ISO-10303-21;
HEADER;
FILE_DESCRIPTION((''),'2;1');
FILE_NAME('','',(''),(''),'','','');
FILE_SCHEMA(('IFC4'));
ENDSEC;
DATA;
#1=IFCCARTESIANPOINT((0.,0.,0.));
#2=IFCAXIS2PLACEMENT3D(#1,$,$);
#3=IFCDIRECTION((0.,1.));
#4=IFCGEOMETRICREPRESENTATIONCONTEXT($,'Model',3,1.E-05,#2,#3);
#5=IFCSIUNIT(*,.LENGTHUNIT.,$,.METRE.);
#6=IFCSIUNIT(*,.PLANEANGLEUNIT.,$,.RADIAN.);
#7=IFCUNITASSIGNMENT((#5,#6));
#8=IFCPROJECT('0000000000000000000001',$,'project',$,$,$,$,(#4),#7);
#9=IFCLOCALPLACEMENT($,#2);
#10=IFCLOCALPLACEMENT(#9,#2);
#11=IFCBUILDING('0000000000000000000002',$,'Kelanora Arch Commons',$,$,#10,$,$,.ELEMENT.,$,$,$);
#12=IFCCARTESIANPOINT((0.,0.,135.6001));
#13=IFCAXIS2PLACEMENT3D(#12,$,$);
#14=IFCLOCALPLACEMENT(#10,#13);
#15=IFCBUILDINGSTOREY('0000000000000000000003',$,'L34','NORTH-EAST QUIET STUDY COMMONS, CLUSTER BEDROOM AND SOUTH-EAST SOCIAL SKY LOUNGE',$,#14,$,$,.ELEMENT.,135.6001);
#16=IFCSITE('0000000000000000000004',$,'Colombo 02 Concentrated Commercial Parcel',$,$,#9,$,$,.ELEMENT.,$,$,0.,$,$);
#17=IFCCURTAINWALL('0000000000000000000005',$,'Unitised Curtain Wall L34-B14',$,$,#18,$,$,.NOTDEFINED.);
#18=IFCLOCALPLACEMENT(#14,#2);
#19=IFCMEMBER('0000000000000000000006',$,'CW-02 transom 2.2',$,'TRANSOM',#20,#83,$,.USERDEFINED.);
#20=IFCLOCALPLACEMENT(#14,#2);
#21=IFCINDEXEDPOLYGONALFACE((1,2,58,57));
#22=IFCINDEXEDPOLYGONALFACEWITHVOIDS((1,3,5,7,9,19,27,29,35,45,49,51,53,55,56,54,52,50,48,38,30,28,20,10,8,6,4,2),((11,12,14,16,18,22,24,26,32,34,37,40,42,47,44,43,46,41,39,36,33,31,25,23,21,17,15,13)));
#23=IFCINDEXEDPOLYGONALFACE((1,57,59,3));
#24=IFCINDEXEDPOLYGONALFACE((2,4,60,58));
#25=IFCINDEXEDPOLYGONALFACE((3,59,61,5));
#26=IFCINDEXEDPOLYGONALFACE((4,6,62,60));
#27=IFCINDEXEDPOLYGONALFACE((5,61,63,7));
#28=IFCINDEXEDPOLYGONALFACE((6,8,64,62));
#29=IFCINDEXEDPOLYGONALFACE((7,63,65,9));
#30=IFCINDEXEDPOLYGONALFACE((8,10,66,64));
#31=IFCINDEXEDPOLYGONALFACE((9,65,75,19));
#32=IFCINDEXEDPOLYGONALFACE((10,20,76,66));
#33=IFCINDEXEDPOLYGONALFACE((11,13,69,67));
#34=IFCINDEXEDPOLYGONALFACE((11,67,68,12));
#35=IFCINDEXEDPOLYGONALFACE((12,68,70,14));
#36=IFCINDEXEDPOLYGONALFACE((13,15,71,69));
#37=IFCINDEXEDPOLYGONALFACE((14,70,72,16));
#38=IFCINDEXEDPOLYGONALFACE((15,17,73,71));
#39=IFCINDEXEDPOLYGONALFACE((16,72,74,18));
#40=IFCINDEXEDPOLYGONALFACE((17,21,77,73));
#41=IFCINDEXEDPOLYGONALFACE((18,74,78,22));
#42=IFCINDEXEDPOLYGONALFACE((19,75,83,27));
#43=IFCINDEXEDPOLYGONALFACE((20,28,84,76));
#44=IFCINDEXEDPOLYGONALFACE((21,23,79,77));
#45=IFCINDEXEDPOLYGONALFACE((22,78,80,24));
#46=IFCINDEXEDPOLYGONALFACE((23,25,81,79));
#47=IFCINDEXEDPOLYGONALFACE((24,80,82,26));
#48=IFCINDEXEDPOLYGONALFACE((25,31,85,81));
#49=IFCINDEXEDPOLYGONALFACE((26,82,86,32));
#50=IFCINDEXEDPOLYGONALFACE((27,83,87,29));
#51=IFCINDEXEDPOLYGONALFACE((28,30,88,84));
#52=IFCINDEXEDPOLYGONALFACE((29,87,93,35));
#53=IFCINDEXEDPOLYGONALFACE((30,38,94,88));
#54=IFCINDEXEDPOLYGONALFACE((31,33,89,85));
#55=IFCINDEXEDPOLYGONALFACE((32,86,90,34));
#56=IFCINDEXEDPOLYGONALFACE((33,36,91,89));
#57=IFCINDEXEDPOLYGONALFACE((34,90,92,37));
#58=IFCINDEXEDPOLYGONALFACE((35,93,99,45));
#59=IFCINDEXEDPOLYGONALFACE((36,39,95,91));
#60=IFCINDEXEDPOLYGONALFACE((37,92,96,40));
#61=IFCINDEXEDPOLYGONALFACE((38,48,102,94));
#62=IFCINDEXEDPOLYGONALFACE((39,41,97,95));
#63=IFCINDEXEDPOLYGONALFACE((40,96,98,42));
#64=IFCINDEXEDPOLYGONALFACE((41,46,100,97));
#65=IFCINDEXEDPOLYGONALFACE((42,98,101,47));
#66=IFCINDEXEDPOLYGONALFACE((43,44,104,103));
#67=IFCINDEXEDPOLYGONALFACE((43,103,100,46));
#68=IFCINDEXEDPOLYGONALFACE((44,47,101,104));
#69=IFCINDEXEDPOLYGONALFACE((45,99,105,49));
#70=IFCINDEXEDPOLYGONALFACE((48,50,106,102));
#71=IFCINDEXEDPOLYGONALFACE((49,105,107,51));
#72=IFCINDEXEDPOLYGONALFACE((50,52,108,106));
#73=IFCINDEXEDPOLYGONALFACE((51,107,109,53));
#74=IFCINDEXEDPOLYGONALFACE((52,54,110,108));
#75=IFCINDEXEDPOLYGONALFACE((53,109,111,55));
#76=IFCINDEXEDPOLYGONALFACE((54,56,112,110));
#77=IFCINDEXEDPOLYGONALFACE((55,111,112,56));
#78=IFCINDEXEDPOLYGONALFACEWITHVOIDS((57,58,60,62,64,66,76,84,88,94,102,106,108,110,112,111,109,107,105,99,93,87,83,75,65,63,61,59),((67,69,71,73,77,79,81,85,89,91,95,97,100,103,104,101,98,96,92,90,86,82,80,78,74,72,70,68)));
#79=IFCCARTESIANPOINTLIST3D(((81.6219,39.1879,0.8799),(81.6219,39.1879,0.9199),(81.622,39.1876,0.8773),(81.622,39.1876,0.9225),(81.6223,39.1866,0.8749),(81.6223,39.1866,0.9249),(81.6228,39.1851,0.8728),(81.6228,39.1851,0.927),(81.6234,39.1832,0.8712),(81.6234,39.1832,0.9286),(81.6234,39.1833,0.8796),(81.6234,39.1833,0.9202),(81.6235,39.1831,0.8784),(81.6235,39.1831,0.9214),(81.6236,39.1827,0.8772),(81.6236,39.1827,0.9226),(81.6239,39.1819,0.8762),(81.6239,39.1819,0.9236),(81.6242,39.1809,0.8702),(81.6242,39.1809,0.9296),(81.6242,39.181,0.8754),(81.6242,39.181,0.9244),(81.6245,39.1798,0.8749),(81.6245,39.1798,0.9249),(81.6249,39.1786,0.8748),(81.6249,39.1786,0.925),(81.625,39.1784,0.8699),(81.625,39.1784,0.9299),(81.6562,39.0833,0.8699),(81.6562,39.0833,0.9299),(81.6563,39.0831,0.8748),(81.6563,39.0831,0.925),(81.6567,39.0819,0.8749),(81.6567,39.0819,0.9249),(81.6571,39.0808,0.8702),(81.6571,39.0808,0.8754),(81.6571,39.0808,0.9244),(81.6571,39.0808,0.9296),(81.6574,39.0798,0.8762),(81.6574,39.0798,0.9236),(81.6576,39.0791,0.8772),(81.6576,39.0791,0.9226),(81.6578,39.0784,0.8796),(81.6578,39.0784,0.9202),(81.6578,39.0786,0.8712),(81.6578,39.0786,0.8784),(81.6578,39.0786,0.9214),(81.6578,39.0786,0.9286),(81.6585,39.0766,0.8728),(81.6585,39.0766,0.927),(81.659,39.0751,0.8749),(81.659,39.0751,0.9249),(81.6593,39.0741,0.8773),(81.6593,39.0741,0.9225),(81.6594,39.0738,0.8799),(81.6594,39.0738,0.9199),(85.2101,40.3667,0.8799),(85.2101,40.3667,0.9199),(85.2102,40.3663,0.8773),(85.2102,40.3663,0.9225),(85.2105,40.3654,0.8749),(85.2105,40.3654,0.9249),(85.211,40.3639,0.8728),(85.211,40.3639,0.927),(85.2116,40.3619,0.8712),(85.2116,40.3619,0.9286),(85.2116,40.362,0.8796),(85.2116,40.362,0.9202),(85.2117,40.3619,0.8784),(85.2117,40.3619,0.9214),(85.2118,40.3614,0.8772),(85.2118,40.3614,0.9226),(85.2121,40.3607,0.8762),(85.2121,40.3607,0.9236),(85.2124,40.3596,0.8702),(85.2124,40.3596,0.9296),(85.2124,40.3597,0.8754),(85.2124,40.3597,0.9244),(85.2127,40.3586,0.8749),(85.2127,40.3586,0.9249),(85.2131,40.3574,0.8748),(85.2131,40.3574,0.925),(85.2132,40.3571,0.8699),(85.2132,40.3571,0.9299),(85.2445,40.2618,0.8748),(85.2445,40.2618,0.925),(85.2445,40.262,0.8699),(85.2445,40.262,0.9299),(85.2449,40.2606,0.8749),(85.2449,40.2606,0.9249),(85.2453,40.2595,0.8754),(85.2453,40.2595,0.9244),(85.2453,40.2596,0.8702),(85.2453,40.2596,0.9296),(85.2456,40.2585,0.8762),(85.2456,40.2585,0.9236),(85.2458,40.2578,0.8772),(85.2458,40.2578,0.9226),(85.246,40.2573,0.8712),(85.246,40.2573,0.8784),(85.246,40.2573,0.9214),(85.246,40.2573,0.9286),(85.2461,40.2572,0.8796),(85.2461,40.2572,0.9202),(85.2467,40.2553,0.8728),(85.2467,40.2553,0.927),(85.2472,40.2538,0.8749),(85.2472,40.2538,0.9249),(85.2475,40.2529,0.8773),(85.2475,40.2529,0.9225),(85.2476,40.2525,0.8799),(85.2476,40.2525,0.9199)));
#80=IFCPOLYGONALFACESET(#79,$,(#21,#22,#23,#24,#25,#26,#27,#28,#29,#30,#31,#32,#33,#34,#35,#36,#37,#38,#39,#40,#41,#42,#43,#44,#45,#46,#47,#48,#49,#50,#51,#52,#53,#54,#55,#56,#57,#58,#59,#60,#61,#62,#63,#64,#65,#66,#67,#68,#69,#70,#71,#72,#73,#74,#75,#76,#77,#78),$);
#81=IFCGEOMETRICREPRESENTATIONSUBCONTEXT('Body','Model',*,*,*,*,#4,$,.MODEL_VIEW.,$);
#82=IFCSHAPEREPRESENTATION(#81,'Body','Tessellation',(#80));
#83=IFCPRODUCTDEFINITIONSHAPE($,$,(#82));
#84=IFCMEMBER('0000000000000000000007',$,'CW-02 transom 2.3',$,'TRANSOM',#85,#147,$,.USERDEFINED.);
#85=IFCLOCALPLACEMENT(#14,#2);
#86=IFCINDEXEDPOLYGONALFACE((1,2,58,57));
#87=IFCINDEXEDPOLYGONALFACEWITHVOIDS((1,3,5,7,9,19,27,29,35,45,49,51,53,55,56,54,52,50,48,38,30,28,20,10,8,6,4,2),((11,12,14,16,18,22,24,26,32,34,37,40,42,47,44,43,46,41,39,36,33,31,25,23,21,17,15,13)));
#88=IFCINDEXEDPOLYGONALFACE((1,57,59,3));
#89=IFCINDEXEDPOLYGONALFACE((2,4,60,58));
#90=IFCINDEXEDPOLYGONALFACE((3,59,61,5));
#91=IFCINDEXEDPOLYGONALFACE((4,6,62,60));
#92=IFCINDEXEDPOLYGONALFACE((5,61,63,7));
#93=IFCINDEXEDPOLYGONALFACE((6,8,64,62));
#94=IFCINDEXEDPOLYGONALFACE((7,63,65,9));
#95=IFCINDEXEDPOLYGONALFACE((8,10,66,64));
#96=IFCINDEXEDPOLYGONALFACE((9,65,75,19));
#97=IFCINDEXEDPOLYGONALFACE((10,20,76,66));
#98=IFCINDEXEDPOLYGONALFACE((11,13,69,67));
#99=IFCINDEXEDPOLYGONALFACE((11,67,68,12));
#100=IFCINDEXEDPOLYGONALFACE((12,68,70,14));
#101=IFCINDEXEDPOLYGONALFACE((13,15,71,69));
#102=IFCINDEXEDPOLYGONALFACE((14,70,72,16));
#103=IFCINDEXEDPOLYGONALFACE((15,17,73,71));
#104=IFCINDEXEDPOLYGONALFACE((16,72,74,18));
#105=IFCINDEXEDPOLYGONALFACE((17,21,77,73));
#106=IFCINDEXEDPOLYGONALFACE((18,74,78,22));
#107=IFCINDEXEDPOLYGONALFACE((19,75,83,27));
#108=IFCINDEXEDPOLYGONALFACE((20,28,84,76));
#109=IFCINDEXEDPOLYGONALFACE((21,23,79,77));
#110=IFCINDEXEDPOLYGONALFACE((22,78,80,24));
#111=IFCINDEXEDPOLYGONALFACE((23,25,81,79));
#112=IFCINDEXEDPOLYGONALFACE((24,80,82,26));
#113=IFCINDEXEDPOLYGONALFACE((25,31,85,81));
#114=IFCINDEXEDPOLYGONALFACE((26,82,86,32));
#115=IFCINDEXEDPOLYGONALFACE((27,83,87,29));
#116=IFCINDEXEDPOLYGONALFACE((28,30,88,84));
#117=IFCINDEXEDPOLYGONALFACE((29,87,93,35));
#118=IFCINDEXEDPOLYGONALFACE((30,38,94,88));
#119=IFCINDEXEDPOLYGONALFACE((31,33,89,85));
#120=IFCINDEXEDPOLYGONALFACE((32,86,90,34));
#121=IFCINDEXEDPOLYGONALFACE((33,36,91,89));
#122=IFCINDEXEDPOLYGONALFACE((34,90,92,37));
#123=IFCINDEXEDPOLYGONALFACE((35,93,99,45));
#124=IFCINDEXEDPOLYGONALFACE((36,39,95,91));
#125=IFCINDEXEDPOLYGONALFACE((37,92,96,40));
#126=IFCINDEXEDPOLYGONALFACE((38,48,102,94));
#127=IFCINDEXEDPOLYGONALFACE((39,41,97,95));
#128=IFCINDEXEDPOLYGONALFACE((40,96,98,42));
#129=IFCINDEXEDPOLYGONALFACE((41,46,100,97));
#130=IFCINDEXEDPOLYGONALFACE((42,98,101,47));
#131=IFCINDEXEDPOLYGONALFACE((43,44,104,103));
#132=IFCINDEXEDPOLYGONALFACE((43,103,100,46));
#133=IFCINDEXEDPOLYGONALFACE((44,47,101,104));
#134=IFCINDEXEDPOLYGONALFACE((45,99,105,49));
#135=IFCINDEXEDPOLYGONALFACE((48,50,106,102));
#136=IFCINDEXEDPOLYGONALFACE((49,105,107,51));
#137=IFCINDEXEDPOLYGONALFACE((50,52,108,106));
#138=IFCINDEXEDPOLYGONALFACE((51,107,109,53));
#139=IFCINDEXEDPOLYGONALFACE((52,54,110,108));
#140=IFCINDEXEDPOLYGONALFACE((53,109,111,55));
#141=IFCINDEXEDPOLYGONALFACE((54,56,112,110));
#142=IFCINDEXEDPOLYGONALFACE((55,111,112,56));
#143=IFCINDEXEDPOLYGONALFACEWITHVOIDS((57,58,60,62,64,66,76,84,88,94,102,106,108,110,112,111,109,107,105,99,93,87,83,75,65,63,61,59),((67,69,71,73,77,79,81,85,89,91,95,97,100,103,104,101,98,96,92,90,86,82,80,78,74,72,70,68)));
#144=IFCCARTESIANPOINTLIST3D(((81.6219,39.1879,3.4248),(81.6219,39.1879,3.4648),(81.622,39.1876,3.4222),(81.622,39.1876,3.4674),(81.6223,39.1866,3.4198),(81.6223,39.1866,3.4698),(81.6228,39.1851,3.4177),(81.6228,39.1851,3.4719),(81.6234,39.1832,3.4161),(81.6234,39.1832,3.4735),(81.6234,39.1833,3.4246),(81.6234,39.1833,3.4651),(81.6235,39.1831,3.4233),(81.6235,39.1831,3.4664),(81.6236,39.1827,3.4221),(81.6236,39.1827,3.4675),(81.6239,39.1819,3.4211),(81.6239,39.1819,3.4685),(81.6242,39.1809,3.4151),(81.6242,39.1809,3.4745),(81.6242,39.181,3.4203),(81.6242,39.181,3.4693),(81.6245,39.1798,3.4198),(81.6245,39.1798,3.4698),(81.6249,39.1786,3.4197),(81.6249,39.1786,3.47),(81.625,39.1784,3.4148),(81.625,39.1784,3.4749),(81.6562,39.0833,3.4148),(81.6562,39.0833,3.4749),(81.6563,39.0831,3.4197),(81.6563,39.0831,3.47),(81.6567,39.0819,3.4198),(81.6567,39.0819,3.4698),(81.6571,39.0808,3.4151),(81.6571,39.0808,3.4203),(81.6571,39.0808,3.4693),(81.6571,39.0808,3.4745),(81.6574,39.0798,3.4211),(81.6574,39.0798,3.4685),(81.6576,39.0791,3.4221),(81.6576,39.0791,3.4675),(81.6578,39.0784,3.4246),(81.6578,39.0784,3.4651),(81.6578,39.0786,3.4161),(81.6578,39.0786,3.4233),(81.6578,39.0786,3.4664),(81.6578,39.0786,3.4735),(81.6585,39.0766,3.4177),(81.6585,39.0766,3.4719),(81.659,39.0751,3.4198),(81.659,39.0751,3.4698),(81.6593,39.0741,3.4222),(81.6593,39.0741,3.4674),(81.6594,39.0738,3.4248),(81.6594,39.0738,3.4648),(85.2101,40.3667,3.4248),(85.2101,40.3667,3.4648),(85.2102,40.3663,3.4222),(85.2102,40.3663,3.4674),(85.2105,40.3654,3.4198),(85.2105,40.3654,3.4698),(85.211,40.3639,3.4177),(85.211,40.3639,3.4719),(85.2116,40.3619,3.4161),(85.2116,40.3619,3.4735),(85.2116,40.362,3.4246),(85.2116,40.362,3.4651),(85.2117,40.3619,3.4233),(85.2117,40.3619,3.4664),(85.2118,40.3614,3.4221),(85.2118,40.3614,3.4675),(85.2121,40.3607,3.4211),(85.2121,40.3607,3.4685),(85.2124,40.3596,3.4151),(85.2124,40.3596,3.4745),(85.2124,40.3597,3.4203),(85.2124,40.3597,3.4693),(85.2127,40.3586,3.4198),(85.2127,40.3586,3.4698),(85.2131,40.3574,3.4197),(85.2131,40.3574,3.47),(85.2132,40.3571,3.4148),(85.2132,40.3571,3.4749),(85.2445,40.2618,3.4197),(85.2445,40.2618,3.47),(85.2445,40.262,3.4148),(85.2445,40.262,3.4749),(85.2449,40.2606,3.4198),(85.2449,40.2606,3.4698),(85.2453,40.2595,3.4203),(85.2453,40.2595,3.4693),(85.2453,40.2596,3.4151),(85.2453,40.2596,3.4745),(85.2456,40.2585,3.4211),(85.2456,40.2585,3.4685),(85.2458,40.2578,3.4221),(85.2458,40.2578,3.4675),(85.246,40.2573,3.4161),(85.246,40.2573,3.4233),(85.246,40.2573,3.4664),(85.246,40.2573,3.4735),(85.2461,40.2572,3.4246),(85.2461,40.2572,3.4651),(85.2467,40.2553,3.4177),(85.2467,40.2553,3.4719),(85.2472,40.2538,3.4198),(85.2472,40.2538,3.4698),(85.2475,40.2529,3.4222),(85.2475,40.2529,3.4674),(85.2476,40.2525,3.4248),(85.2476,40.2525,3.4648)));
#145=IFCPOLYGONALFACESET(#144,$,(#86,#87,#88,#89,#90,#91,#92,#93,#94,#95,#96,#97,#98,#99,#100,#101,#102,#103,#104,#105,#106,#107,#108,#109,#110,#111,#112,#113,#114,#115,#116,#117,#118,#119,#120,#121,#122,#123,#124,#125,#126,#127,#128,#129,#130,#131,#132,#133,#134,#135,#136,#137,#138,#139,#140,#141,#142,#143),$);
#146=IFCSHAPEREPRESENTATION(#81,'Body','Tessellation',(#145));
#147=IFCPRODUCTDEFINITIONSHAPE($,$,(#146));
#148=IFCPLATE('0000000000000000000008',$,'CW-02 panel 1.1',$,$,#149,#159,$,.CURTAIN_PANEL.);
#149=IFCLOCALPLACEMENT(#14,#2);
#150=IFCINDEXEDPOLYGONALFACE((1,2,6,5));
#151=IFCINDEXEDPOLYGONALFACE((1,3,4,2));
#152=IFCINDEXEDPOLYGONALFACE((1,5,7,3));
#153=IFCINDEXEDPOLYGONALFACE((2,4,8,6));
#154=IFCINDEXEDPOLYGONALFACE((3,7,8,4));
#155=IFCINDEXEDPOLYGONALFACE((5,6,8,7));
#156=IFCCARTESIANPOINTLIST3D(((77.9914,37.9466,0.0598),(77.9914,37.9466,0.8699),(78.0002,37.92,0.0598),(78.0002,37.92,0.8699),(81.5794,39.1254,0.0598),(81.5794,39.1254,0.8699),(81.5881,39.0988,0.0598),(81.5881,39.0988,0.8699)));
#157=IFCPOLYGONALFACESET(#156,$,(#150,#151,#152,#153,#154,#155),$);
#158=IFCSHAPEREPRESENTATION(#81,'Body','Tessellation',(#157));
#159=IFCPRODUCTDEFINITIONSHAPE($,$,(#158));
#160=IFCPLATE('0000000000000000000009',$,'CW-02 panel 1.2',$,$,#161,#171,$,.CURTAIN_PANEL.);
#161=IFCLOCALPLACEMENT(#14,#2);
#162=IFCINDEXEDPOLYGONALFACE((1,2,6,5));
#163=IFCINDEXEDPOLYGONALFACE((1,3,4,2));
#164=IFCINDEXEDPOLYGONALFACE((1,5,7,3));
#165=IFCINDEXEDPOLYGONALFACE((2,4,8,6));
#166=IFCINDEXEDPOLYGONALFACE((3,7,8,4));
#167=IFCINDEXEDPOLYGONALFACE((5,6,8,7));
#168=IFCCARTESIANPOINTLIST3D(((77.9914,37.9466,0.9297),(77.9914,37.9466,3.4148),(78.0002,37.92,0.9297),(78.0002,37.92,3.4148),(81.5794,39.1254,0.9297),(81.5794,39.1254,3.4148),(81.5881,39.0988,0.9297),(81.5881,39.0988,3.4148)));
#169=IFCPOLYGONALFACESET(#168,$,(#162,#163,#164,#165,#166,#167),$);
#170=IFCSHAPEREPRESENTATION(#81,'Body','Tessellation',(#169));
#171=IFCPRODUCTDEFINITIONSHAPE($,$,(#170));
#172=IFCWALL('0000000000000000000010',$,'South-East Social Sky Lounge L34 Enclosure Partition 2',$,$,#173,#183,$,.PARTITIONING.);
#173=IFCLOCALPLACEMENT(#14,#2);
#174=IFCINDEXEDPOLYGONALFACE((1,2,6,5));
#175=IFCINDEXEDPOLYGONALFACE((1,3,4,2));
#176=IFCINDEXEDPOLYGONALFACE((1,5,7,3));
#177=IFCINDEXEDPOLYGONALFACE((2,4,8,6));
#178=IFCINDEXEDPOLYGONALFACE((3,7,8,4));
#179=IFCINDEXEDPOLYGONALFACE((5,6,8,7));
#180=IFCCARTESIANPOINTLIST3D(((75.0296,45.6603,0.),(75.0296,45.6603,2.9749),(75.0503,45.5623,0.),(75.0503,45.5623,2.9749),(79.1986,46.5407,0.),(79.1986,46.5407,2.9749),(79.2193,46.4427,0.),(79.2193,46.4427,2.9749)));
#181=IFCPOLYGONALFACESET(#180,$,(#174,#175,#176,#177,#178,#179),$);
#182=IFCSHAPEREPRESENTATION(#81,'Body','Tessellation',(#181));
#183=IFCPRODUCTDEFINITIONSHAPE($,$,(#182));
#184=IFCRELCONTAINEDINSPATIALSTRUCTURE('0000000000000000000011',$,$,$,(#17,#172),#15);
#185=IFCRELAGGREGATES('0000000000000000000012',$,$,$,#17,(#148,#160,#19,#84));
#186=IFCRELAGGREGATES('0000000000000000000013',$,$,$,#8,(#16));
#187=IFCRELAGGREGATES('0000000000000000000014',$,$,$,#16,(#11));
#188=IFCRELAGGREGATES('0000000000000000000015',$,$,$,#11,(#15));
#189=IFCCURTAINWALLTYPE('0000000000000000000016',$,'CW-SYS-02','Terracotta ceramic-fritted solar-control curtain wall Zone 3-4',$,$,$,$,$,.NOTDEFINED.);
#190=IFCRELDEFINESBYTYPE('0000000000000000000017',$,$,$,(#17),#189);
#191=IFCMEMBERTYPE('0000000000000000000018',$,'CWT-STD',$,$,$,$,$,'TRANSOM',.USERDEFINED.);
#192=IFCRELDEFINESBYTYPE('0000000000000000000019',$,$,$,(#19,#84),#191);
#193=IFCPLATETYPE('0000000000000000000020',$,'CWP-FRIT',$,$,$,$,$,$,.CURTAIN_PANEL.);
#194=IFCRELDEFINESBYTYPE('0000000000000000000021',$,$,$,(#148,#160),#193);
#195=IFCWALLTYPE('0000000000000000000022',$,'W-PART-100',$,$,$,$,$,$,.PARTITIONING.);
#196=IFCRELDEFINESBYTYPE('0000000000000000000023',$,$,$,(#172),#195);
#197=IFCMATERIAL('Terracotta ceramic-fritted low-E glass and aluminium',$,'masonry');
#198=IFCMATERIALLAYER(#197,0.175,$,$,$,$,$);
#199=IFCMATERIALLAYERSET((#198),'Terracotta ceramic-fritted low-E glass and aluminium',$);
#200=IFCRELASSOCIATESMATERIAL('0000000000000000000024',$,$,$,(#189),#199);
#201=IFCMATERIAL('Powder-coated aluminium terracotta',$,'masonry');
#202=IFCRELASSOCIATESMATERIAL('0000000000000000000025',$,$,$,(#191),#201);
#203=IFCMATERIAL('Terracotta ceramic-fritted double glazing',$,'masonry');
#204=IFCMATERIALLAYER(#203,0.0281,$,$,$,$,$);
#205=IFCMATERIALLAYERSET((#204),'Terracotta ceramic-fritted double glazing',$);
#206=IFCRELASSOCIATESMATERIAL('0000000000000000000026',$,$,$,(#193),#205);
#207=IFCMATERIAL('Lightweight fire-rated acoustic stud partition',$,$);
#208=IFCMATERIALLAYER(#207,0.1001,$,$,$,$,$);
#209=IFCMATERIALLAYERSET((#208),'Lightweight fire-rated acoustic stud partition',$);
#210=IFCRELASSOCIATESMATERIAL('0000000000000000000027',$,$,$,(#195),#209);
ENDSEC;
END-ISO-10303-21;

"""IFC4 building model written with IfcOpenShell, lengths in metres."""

from ifc_helpers import new_model, si_unit, direction, frame, frame_2d, origin, origin_2d, place, context, subcontext, project, spatial, rectangle, hollow_rectangle, extrude, source, transform, mapped, material, layer, layer_set, material_profile, profile_set, type_object, element, aggregate, save


model = new_model("IFC4")

# Units and contexts
model_context = context("Model", 3, precision=1e-05, world=origin(), true_north=direction((0.0, 1.0)))
body_context = subcontext(model_context, "Body", "Model", "MODEL_VIEW")
ifc_project = project(units=[si_unit("LENGTHUNIT", "METRE"), si_unit("PLANEANGLEUNIT", "RADIAN")], contexts=[model_context])

# Site, building, storey
site_placement = place(None, origin())
site = spatial("IfcSite", under=ifc_project, at=site_placement, Name="Colombo 02 Concentrated Commercial Parcel", CompositionType="ELEMENT", RefElevation=0.0)
building_placement = place(site_placement, origin())
building = spatial("IfcBuilding", under=site, at=building_placement, Name="Kelanora Arch Commons", CompositionType="ELEMENT")
storey_placement = place(building_placement, frame((0.0, 0.0, 135.6001)))
storey = spatial("IfcBuildingStorey", under=building, at=storey_placement, Name="L34", Description="NORTH-EAST QUIET STUDY COMMONS, CLUSTER BEDROOM AND SOUTH-EAST SOCIAL SKY LOUNGE", CompositionType="ELEMENT", Elevation=135.6001)

# Curtain wall, members, plates
ifc_material_1 = material(Name="Terracotta ceramic-fritted low-E glass and aluminium", Category="masonry")
ifc_layer_1 = layer(ifc_material_1, 0.175)
ifc_layer_set_1 = layer_set([ifc_layer_1], Name="Terracotta ceramic-fritted low-E glass and aluminium")
curtain_wall_type = type_object("IfcCurtainWallType", Name="CW-SYS-02", Description="Terracotta ceramic-fritted solar-control curtain wall Zone 3-4", PredefinedType="NOTDEFINED", material=ifc_layer_set_1)
curtain_wall_placement = place(storey_placement, origin())
curtain_wall = element("IfcCurtainWall", 1, at=curtain_wall_placement, inside=storey, type_object=curtain_wall_type, Name="Unitised Curtain Wall L34-B14", PredefinedType="NOTDEFINED")
ifc_material_2 = material(Name="Powder-coated aluminium terracotta", Category="masonry")
ifc_material_profile_1 = material_profile(ifc_material_2, hollow_rectangle(XDim=0.1201, YDim=0.0601, WallThickness=0.0049, InnerFilletRadius=0.0049, OuterFilletRadius=0.01, at=origin_2d()), Name="CWT120x60")
ifc_profile_set_1 = profile_set([ifc_material_profile_1], Name="Powder-coated aluminium terracotta")
member_type_1 = type_object("IfcMemberType", Name="CWT-STD", ElementType="TRANSOM", PredefinedType="USERDEFINED", material=ifc_profile_set_1)
member_1_placement = place(storey_placement, frame((81.6406, 39.1309, 0.8999), z_axis=(0.950051, 0.312094, 0.0), x_axis=(-0.312094, 0.950051, 0.0)))
member_1 = element("IfcMember", 2, at=member_1_placement, type_object=member_type_1, Name="CW-02 transom 2.2", ObjectType="TRANSOM", PredefinedType="USERDEFINED", context=body_context, shape_type="SweptSolid", body=[
    extrude(hollow_rectangle(XDim=0.1201, YDim=0.0601, WallThickness=0.0049, InnerFilletRadius=0.0049, OuterFilletRadius=0.01, at=origin_2d()), origin(), (0.0, 0.0, 1.0), 3.7769),
])
member_2_placement = place(storey_placement, frame((81.6406, 39.1309, 3.4448), z_axis=(0.950051, 0.312094, 0.0), x_axis=(-0.312094, 0.950051, 0.0)))
member_2 = element("IfcMember", 3, at=member_2_placement, type_object=member_type_1, Name="CW-02 transom 2.3", ObjectType="TRANSOM", PredefinedType="USERDEFINED", context=body_context, shape_type="SweptSolid", body=[
    extrude(hollow_rectangle(XDim=0.1201, YDim=0.0601, WallThickness=0.0049, InnerFilletRadius=0.0049, OuterFilletRadius=0.01, at=origin_2d()), origin(), (0.0, 0.0, 1.0), 3.7769),
])
ifc_material_3 = material(Name="Terracotta ceramic-fritted double glazing", Category="masonry")
ifc_layer_2 = layer(ifc_material_3, 0.0281)
ifc_layer_set_2 = layer_set([ifc_layer_2], Name="Terracotta ceramic-fritted double glazing")
plate_type = type_object("IfcPlateType", Name="CWP-FRIT", PredefinedType="CURTAIN_PANEL", material=ifc_layer_set_2)
shared_shape_1 = source(origin(), body_context, "Body", "SweptSolid", [
    extrude(rectangle(XDim=3.7766, YDim=0.0281, at=origin_2d()), origin(), (0.0, 0.0, 1.0), 0.8101),
])
plate_1_placement = place(storey_placement, frame((79.7898, 38.5227, 0.0598), z_axis=(0.0, 0.0, 1.0), x_axis=(0.95004, 0.312128, 0.0)))
plate_1 = element("IfcPlate", 4, at=plate_1_placement, type_object=plate_type, Name="CW-02 panel 1.1", PredefinedType="CURTAIN_PANEL", context=body_context, shape_type="MappedRepresentation", body=[
    mapped(shared_shape_1, transform((0.0, 0.0, 0.0), scale=1.0)),
])
shared_shape_2 = source(origin(), body_context, "Body", "SweptSolid", [
    extrude(rectangle(XDim=3.7766, YDim=0.0281, at=origin_2d()), origin(), (0.0, 0.0, 1.0), 2.4851),
])
plate_2_placement = place(storey_placement, frame((79.7898, 38.5227, 0.9297), z_axis=(0.0, 0.0, 1.0), x_axis=(0.95004, 0.312128, 0.0)))
plate_2 = element("IfcPlate", 5, at=plate_2_placement, type_object=plate_type, Name="CW-02 panel 1.2", PredefinedType="CURTAIN_PANEL", context=body_context, shape_type="MappedRepresentation", body=[
    mapped(shared_shape_2, transform((0.0, 0.0, 0.0), scale=1.0)),
])
aggregate(curtain_wall, [plate_1, plate_2, member_1, member_2])

# Wall
ifc_material_4 = material(Name="Lightweight fire-rated acoustic stud partition")
ifc_layer_3 = layer(ifc_material_4, 0.1001)
ifc_layer_set_3 = layer_set([ifc_layer_3], Name="Lightweight fire-rated acoustic stud partition")
wall_type_1 = type_object("IfcWallType", Name="W-PART-100", PredefinedType="PARTITIONING", material=ifc_layer_set_3)
wall_1_placement = place(storey_placement, frame((75.04, 45.6113, 0.0), z_axis=(0.0, 0.0, 1.0), x_axis=(0.978422, 0.206617, 0.0)))
element("IfcWall", 6, at=wall_1_placement, inside=storey, type_object=wall_type_1, Name="South-East Social Sky Lounge L34 Enclosure Partition 2", PredefinedType="PARTITIONING", context=body_context, shape_type="SweptSolid", body=[
    extrude(rectangle(XDim=4.261, YDim=0.1001, at=frame_2d((2.1304, 0.0))), origin(), (0.0, 0.0, 1.0), 2.9749),
])

save(model, "model.ifc")
